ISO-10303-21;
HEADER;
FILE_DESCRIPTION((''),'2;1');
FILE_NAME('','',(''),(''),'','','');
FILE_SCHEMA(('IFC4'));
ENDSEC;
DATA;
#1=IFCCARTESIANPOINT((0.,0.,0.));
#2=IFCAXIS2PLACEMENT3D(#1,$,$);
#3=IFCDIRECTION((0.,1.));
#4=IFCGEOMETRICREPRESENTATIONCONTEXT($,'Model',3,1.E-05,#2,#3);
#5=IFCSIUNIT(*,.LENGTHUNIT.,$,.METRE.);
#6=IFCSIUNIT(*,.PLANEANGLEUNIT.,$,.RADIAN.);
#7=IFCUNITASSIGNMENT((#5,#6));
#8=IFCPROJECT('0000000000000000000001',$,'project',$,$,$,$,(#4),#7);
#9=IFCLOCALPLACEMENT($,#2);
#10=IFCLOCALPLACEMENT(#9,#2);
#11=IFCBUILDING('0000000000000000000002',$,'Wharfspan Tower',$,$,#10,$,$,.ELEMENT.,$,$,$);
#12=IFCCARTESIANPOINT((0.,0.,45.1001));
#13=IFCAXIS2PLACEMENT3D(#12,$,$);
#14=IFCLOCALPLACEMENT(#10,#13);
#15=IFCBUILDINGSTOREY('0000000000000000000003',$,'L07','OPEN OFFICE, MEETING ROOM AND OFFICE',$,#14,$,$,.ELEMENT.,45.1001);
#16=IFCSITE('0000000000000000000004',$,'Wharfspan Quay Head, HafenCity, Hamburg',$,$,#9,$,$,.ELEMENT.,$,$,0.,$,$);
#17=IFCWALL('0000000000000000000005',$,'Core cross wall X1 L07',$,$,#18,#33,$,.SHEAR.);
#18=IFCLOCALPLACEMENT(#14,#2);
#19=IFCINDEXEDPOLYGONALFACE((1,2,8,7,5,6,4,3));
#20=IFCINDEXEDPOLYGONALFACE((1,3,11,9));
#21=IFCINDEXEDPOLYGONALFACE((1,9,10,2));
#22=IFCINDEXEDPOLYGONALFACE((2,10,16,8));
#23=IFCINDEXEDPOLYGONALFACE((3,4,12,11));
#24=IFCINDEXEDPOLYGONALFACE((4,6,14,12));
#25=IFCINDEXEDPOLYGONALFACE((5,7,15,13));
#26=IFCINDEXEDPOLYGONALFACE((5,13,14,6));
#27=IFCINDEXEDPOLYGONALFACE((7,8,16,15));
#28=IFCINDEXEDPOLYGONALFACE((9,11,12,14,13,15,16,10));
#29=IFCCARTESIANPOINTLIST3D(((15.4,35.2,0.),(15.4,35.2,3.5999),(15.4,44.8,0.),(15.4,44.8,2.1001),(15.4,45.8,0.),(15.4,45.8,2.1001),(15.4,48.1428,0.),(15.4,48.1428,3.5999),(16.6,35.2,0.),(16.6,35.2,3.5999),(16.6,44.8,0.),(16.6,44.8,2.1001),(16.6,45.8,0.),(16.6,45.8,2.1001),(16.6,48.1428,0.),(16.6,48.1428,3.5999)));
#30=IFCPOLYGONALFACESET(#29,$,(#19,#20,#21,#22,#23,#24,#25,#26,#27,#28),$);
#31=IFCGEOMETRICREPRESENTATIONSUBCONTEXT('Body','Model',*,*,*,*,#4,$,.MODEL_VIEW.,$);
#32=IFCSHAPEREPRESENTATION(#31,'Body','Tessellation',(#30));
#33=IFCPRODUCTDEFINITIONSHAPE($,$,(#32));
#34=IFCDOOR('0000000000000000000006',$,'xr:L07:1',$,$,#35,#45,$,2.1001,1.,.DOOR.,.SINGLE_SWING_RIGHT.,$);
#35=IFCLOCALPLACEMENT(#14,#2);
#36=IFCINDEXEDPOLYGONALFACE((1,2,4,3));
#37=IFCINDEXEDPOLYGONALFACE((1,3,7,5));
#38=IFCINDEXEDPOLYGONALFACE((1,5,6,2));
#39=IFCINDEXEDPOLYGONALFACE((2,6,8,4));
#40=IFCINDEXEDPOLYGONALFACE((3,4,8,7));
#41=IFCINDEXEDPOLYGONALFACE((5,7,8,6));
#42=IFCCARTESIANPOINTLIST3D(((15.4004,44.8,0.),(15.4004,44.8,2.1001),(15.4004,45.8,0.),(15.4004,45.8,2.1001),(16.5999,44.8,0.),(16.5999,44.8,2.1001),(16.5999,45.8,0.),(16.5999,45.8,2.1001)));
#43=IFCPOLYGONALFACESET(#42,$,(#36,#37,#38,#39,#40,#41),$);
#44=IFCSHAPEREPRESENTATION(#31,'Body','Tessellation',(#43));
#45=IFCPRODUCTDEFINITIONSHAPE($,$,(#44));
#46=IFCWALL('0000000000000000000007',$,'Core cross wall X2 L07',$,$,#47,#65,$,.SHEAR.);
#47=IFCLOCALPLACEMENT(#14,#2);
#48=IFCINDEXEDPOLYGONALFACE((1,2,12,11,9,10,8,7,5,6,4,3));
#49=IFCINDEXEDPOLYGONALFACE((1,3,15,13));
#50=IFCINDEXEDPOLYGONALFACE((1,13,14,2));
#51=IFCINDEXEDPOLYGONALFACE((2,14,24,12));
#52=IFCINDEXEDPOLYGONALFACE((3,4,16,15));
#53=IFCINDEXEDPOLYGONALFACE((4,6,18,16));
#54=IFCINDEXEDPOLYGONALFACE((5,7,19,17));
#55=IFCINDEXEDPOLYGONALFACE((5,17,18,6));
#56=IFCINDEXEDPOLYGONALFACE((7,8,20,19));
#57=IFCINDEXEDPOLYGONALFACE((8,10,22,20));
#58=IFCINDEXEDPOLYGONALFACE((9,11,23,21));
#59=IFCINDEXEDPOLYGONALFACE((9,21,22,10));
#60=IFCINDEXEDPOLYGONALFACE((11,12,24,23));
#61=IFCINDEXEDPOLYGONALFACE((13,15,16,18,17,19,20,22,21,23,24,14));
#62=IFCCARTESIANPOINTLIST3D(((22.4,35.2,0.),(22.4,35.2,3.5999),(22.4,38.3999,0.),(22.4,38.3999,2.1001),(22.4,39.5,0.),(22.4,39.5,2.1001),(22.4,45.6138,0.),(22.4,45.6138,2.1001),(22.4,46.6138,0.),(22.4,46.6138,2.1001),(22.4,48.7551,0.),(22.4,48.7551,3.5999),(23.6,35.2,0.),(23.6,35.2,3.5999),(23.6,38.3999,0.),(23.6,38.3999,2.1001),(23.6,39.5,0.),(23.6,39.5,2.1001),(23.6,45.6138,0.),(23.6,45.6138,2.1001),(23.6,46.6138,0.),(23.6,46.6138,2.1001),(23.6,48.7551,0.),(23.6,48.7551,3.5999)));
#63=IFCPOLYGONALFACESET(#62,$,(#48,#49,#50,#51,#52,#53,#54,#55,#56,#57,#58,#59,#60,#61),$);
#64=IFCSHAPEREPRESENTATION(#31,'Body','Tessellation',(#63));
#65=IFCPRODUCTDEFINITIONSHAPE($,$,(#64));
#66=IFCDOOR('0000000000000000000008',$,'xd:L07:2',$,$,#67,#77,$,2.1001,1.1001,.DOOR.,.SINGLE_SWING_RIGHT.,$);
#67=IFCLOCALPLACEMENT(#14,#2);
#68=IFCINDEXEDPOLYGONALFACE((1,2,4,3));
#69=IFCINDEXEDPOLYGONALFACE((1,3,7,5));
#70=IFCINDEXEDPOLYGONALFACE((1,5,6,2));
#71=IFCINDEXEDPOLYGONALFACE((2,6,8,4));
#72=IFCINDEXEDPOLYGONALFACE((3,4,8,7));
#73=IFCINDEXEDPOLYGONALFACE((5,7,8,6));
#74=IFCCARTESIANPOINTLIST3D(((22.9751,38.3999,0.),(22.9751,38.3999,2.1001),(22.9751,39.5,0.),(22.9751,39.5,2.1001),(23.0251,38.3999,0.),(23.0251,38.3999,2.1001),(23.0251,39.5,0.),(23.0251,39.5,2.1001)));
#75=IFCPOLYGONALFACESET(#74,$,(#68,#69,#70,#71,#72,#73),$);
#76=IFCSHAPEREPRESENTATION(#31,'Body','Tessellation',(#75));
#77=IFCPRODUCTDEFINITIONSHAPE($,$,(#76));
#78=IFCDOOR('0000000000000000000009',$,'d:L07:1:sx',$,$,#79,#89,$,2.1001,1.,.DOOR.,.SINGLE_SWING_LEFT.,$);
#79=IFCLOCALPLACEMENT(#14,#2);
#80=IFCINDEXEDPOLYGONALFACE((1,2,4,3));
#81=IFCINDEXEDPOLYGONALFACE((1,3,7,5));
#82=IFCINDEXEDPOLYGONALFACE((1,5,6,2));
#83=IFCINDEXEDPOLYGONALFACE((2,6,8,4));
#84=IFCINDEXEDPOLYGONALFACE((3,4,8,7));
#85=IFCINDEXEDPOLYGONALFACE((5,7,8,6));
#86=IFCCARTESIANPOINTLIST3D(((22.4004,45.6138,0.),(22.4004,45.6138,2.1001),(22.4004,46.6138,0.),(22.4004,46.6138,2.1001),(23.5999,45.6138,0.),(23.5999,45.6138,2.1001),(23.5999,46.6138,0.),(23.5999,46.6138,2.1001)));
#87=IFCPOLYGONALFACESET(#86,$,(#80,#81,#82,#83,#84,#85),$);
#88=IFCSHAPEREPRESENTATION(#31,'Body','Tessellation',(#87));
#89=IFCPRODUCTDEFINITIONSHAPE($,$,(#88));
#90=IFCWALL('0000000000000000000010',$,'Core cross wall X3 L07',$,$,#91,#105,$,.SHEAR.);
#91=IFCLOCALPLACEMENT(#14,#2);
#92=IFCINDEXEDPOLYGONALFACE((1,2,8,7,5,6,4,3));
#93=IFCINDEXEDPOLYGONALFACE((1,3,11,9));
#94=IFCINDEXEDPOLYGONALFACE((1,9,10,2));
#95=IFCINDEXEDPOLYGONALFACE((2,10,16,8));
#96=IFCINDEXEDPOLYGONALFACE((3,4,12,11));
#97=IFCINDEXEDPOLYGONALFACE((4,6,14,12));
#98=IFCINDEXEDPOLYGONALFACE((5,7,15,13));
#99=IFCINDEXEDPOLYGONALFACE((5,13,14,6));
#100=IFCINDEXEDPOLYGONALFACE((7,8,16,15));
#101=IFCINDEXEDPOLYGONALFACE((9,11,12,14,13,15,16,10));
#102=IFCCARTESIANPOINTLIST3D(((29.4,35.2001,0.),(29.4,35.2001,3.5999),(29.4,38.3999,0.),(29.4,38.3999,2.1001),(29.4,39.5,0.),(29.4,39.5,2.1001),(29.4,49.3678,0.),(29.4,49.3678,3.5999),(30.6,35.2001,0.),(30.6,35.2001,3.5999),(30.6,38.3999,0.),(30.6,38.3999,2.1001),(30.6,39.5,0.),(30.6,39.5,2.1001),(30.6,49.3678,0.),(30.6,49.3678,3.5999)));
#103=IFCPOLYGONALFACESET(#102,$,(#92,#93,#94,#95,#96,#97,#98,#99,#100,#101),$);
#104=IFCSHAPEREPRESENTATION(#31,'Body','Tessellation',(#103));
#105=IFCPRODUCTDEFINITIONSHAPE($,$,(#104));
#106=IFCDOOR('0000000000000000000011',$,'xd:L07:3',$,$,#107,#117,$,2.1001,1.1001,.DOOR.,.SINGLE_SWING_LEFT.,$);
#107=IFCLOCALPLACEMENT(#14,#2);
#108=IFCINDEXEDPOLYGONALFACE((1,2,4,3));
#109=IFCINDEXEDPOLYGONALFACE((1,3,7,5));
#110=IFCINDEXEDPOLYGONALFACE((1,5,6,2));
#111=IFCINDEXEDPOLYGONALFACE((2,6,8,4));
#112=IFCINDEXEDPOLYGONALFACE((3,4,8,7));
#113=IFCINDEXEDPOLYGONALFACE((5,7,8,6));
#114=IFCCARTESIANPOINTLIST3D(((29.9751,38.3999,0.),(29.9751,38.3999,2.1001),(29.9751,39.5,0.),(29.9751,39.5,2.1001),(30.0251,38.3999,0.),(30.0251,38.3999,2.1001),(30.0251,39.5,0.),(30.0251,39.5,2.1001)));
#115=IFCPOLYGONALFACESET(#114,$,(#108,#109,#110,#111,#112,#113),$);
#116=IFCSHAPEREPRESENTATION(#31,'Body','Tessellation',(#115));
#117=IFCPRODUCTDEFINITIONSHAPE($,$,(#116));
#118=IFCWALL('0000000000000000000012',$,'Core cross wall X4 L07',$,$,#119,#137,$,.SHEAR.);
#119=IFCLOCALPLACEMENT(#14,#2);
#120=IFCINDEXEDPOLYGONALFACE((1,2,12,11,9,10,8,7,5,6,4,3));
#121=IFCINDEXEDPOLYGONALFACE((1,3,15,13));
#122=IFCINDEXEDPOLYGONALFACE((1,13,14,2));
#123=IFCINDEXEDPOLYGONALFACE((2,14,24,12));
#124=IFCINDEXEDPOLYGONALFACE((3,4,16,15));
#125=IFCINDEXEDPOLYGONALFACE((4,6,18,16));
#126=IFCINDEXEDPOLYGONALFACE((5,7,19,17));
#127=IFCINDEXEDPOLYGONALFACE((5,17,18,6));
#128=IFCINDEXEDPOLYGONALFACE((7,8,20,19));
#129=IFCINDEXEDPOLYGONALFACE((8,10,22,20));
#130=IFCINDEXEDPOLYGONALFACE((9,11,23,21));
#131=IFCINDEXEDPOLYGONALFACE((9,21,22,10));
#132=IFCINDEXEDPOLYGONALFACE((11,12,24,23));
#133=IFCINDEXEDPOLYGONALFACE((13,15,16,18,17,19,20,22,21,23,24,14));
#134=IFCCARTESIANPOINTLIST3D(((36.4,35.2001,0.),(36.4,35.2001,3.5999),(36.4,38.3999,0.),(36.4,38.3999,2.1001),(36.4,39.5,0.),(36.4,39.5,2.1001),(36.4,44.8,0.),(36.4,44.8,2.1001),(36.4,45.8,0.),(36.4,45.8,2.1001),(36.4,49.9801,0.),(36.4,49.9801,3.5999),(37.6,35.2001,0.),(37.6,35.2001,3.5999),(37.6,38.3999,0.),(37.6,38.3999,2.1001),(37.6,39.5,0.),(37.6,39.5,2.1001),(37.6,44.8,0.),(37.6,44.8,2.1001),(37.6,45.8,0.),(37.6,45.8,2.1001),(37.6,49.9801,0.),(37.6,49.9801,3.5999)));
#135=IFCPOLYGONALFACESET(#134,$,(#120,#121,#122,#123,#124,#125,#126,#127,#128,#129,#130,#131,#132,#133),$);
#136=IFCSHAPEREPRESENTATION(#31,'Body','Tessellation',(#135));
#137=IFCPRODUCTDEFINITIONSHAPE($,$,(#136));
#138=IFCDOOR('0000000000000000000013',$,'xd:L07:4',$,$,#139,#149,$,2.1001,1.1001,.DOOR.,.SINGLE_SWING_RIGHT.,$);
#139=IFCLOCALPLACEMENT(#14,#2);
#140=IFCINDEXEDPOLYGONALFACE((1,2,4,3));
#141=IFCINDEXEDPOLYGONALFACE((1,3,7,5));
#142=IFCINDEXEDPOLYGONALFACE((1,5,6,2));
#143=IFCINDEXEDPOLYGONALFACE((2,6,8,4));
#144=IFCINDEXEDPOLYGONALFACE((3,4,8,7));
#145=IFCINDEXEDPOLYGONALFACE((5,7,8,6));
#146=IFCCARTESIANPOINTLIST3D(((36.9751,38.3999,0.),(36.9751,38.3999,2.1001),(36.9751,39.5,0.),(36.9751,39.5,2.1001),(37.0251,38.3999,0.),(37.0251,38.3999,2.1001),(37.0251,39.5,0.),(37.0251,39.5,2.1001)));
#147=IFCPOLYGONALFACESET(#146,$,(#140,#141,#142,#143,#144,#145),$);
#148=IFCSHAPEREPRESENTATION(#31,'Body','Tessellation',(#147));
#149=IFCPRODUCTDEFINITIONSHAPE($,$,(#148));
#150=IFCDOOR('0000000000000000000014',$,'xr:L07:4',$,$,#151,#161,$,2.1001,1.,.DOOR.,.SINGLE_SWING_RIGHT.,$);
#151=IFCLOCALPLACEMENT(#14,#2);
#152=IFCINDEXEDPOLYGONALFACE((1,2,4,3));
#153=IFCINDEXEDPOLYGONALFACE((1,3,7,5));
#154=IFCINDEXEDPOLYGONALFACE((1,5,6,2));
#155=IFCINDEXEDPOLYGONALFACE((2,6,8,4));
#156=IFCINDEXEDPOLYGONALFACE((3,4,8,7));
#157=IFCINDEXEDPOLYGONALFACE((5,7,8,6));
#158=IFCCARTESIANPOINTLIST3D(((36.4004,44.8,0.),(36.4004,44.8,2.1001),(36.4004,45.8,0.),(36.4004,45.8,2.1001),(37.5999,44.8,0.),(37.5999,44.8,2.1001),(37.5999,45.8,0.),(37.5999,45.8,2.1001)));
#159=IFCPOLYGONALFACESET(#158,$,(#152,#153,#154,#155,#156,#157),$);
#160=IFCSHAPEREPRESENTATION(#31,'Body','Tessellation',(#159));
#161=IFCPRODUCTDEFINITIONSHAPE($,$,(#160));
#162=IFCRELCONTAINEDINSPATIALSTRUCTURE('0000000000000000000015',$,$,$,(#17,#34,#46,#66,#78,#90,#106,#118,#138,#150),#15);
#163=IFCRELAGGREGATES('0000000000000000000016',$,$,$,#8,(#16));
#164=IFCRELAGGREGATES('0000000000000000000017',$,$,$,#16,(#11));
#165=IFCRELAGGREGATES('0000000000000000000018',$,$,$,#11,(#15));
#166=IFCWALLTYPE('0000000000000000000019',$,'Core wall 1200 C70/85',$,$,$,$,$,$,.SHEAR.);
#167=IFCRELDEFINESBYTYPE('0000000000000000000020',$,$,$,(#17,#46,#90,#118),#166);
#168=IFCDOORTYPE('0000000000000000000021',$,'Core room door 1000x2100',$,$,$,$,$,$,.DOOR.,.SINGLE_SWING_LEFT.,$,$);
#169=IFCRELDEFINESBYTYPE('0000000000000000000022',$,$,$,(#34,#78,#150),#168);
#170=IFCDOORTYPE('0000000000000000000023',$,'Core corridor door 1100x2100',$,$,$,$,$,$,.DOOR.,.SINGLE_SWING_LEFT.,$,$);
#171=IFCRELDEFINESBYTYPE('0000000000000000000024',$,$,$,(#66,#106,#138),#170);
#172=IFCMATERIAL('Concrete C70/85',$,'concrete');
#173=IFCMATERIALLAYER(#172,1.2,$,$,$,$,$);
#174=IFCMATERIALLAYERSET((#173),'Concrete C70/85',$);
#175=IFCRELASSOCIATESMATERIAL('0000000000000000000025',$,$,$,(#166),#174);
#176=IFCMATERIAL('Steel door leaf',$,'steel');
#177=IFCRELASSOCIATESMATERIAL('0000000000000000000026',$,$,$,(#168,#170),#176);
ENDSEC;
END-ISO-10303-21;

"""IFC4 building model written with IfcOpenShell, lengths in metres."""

from ifc_helpers import new_model, si_unit, direction, frame, frame_2d, origin, place, context, subcontext, project, spatial, rectangle, extrude, material, layer, layer_set, type_object, element, fill, save


model = new_model("IFC4")

# Units and contexts
model_context = context("Model", 3, precision=1e-05, world=origin(), true_north=direction((0.0, 1.0)))
body_context = subcontext(model_context, "Body", "Model", "MODEL_VIEW")
ifc_project = project(units=[si_unit("LENGTHUNIT", "METRE"), si_unit("PLANEANGLEUNIT", "RADIAN")], contexts=[model_context])

# Site, building, storey
site_placement = place(None, origin())
site = spatial("IfcSite", under=ifc_project, at=site_placement, Name="Wharfspan Quay Head, HafenCity, Hamburg", CompositionType="ELEMENT", RefElevation=0.0)
building_placement = place(site_placement, origin())
building = spatial("IfcBuilding", under=site, at=building_placement, Name="Wharfspan Tower", CompositionType="ELEMENT")
storey_placement = place(building_placement, frame((0.0, 0.0, 45.1001)))
storey = spatial("IfcBuildingStorey", under=building, at=storey_placement, Name="L07", Description="OPEN OFFICE, MEETING ROOM AND OFFICE", CompositionType="ELEMENT", Elevation=45.1001)

# Wall, opening, door
ifc_material_1 = material(Name="Concrete C70/85", Category="concrete")
ifc_layer_1 = layer(ifc_material_1, 1.2)
ifc_layer_set_1 = layer_set([ifc_layer_1], Name="Concrete C70/85")
wall_type_1 = type_object("IfcWallType", Name="Core wall 1200 C70/85", PredefinedType="SHEAR", material=ifc_layer_set_1)
wall_1_placement = place(storey_placement, frame((16.0, 35.2, 0.0), z_axis=(0.0, 0.0, 1.0), x_axis=(0.0, 1.0, 0.0)))
wall_1 = element("IfcWall", 1, at=wall_1_placement, inside=storey, type_object=wall_type_1, Name="Core cross wall X1 L07", PredefinedType="SHEAR", context=body_context, shape_type="SweptSolid", body=[
    extrude(rectangle(XDim=12.9429, YDim=1.2, at=frame_2d((6.4714, 0.0))), origin(), (0.0, 0.0, 1.0), 3.5999),
])
opening_1_placement = place(wall_1_placement, frame((9.6001, 0.0, 0.0)))
opening_1 = element("IfcOpeningElement", 2, at=opening_1_placement, cuts=wall_1, PredefinedType="OPENING", context=body_context, shape_type="SweptSolid", body=[
    extrude(rectangle(XDim=1.0, YDim=2.1001, at=frame_2d((0.5, 1.05))), frame((0.0, 0.6099, 0.0), z_axis=(0.0, -1.0, 0.0), x_axis=(1.0, 0.0, 0.0)), (0.0, 0.0, 1.0), 1.22),
])
ifc_material_2 = material(Name="Steel door leaf", Category="steel")
door_type_1 = type_object("IfcDoorType", Name="Core room door 1000x2100", OperationType="SINGLE_SWING_LEFT", PredefinedType="DOOR", material=ifc_material_2)
door_1_placement = place(opening_1_placement, origin())
door_1 = element("IfcDoor", 3, at=door_1_placement, inside=storey, type_object=door_type_1, Name="xr:L07:1", OperationType="SINGLE_SWING_RIGHT", OverallHeight=2.1001, OverallWidth=1.0, PredefinedType="DOOR", context=body_context, shape_type="SweptSolid", body=[
    extrude(rectangle(XDim=1.0, YDim=2.1001, at=frame_2d((0.5, 1.05))), frame((0.0, 0.5996, 0.0), z_axis=(0.0, -1.0, 0.0), x_axis=(1.0, 0.0, 0.0)), (0.0, 0.0, 1.0), 1.1995),
])
fill(opening_1, door_1)

# Wall, openings, doors
wall_2_placement = place(storey_placement, frame((23.0, 35.2, 0.0), z_axis=(0.0, 0.0, 1.0), x_axis=(0.0, 1.0, 0.0)))
wall_2 = element("IfcWall", 4, at=wall_2_placement, inside=storey, type_object=wall_type_1, Name="Core cross wall X2 L07", PredefinedType="SHEAR", context=body_context, shape_type="SweptSolid", body=[
    extrude(rectangle(XDim=13.5552, YDim=1.2, at=frame_2d((6.7776, 0.0))), origin(), (0.0, 0.0, 1.0), 3.5999),
])
opening_2_placement = place(wall_2_placement, frame((10.4138, 0.0, 0.0)))
opening_2 = element("IfcOpeningElement", 5, at=opening_2_placement, cuts=wall_2, PredefinedType="OPENING", context=body_context, shape_type="SweptSolid", body=[
    extrude(rectangle(XDim=1.0, YDim=2.1001, at=frame_2d((0.5, 1.05))), frame((0.0, 0.6099, 0.0), z_axis=(0.0, -1.0, 0.0), x_axis=(1.0, 0.0, 0.0)), (0.0, 0.0, 1.0), 1.22),
])
opening_3_placement = place(wall_2_placement, frame((3.2, 0.0, 0.0)))
opening_3 = element("IfcOpeningElement", 6, at=opening_3_placement, cuts=wall_2, PredefinedType="OPENING", context=body_context, shape_type="SweptSolid", body=[
    extrude(rectangle(XDim=1.1001, YDim=2.1001, at=frame_2d((0.55, 1.05))), frame((0.0, 0.6099, 0.0), z_axis=(0.0, -1.0, 0.0), x_axis=(1.0, 0.0, 0.0)), (0.0, 0.0, 1.0), 1.22),
])
door_type_2 = type_object("IfcDoorType", Name="Core corridor door 1100x2100", OperationType="SINGLE_SWING_LEFT", PredefinedType="DOOR", material=ifc_material_2)
door_2_placement = place(opening_3_placement, origin())
door_2 = element("IfcDoor", 7, at=door_2_placement, inside=storey, type_object=door_type_2, Name="xd:L07:2", OperationType="SINGLE_SWING_RIGHT", OverallHeight=2.1001, OverallWidth=1.1001, PredefinedType="DOOR", context=body_context, shape_type="SweptSolid", body=[
    extrude(rectangle(XDim=1.1001, YDim=2.1001, at=frame_2d((0.55, 1.05))), frame((0.0, 0.0249, 0.0), z_axis=(0.0, -1.0, 0.0), x_axis=(1.0, 0.0, 0.0)), (0.0, 0.0, 1.0), 0.05),
])
fill(opening_3, door_2)
door_3_placement = place(opening_2_placement, origin())
door_3 = element("IfcDoor", 8, at=door_3_placement, inside=storey, type_object=door_type_1, Name="d:L07:1:sx", OperationType="SINGLE_SWING_LEFT", OverallHeight=2.1001, OverallWidth=1.0, PredefinedType="DOOR", context=body_context, shape_type="SweptSolid", body=[
    extrude(rectangle(XDim=1.0, YDim=2.1001, at=frame_2d((0.5, 1.05))), frame((0.0, 0.5996, 0.0), z_axis=(0.0, -1.0, 0.0), x_axis=(1.0, 0.0, 0.0)), (0.0, 0.0, 1.0), 1.1995),
])
fill(opening_2, door_3)

# Wall, opening, door
wall_3_placement = place(storey_placement, frame((30.0, 35.2, 0.0), z_axis=(0.0, 0.0, 1.0), x_axis=(0.0, 1.0, 0.0)))
wall_3 = element("IfcWall", 9, at=wall_3_placement, inside=storey, type_object=wall_type_1, Name="Core cross wall X3 L07", PredefinedType="SHEAR", context=body_context, shape_type="SweptSolid", body=[
    extrude(rectangle(XDim=14.1677, YDim=1.2, at=frame_2d((7.084, 0.0))), origin(), (0.0, 0.0, 1.0), 3.5999),
])
opening_4_placement = place(wall_3_placement, frame((3.2, 0.0, 0.0)))
opening_4 = element("IfcOpeningElement", 10, at=opening_4_placement, cuts=wall_3, PredefinedType="OPENING", context=body_context, shape_type="SweptSolid", body=[
    extrude(rectangle(XDim=1.1001, YDim=2.1001, at=frame_2d((0.55, 1.05))), frame((0.0, 0.6099, 0.0), z_axis=(0.0, -1.0, 0.0), x_axis=(1.0, 0.0, 0.0)), (0.0, 0.0, 1.0), 1.22),
])
door_4_placement = place(opening_4_placement, origin())
door_4 = element("IfcDoor", 11, at=door_4_placement, inside=storey, type_object=door_type_2, Name="xd:L07:3", OperationType="SINGLE_SWING_LEFT", OverallHeight=2.1001, OverallWidth=1.1001, PredefinedType="DOOR", context=body_context, shape_type="SweptSolid", body=[
    extrude(rectangle(XDim=1.1001, YDim=2.1001, at=frame_2d((0.55, 1.05))), frame((0.0, 0.0249, 0.0), z_axis=(0.0, -1.0, 0.0), x_axis=(1.0, 0.0, 0.0)), (0.0, 0.0, 1.0), 0.05),
])
fill(opening_4, door_4)

# Wall, openings, doors
wall_4_placement = place(storey_placement, frame((37.0, 35.2, 0.0), z_axis=(0.0, 0.0, 1.0), x_axis=(0.0, 1.0, 0.0)))
wall_4 = element("IfcWall", 12, at=wall_4_placement, inside=storey, type_object=wall_type_1, Name="Core cross wall X4 L07", PredefinedType="SHEAR", context=body_context, shape_type="SweptSolid", body=[
    extrude(rectangle(XDim=14.78, YDim=1.2, at=frame_2d((7.3901, 0.0))), origin(), (0.0, 0.0, 1.0), 3.5999),
])
opening_5_placement = place(wall_4_placement, frame((3.2, 0.0, 0.0)))
opening_5 = element("IfcOpeningElement", 13, at=opening_5_placement, cuts=wall_4, PredefinedType="OPENING", context=body_context, shape_type="SweptSolid", body=[
    extrude(rectangle(XDim=1.1001, YDim=2.1001, at=frame_2d((0.55, 1.05))), frame((0.0, 0.6099, 0.0), z_axis=(0.0, -1.0, 0.0), x_axis=(1.0, 0.0, 0.0)), (0.0, 0.0, 1.0), 1.22),
])
opening_6_placement = place(wall_4_placement, frame((9.6001, 0.0, 0.0)))
opening_6 = element("IfcOpeningElement", 14, at=opening_6_placement, cuts=wall_4, PredefinedType="OPENING", context=body_context, shape_type="SweptSolid", body=[
    extrude(rectangle(XDim=1.0, YDim=2.1001, at=frame_2d((0.5, 1.05))), frame((0.0, 0.6099, 0.0), z_axis=(0.0, -1.0, 0.0), x_axis=(1.0, 0.0, 0.0)), (0.0, 0.0, 1.0), 1.22),
])
door_5_placement = place(opening_5_placement, origin())
door_5 = element("IfcDoor", 15, at=door_5_placement, inside=storey, type_object=door_type_2, Name="xd:L07:4", OperationType="SINGLE_SWING_RIGHT", OverallHeight=2.1001, OverallWidth=1.1001, PredefinedType="DOOR", context=body_context, shape_type="SweptSolid", body=[
    extrude(rectangle(XDim=1.1001, YDim=2.1001, at=frame_2d((0.55, 1.05))), frame((0.0, 0.0249, 0.0), z_axis=(0.0, -1.0, 0.0), x_axis=(1.0, 0.0, 0.0)), (0.0, 0.0, 1.0), 0.05),
])
fill(opening_5, door_5)
door_6_placement = place(opening_6_placement, origin())
door_6 = element("IfcDoor", 16, at=door_6_placement, inside=storey, type_object=door_type_1, Name="xr:L07:4", OperationType="SINGLE_SWING_RIGHT", OverallHeight=2.1001, OverallWidth=1.0, PredefinedType="DOOR", context=body_context, shape_type="SweptSolid", body=[
    extrude(rectangle(XDim=1.0, YDim=2.1001, at=frame_2d((0.5, 1.05))), frame((0.0, 0.5996, 0.0), z_axis=(0.0, -1.0, 0.0), x_axis=(1.0, 0.0, 0.0)), (0.0, 0.0, 1.0), 1.1995),
])
fill(opening_6, door_6)

save(model, "model.ifc")
